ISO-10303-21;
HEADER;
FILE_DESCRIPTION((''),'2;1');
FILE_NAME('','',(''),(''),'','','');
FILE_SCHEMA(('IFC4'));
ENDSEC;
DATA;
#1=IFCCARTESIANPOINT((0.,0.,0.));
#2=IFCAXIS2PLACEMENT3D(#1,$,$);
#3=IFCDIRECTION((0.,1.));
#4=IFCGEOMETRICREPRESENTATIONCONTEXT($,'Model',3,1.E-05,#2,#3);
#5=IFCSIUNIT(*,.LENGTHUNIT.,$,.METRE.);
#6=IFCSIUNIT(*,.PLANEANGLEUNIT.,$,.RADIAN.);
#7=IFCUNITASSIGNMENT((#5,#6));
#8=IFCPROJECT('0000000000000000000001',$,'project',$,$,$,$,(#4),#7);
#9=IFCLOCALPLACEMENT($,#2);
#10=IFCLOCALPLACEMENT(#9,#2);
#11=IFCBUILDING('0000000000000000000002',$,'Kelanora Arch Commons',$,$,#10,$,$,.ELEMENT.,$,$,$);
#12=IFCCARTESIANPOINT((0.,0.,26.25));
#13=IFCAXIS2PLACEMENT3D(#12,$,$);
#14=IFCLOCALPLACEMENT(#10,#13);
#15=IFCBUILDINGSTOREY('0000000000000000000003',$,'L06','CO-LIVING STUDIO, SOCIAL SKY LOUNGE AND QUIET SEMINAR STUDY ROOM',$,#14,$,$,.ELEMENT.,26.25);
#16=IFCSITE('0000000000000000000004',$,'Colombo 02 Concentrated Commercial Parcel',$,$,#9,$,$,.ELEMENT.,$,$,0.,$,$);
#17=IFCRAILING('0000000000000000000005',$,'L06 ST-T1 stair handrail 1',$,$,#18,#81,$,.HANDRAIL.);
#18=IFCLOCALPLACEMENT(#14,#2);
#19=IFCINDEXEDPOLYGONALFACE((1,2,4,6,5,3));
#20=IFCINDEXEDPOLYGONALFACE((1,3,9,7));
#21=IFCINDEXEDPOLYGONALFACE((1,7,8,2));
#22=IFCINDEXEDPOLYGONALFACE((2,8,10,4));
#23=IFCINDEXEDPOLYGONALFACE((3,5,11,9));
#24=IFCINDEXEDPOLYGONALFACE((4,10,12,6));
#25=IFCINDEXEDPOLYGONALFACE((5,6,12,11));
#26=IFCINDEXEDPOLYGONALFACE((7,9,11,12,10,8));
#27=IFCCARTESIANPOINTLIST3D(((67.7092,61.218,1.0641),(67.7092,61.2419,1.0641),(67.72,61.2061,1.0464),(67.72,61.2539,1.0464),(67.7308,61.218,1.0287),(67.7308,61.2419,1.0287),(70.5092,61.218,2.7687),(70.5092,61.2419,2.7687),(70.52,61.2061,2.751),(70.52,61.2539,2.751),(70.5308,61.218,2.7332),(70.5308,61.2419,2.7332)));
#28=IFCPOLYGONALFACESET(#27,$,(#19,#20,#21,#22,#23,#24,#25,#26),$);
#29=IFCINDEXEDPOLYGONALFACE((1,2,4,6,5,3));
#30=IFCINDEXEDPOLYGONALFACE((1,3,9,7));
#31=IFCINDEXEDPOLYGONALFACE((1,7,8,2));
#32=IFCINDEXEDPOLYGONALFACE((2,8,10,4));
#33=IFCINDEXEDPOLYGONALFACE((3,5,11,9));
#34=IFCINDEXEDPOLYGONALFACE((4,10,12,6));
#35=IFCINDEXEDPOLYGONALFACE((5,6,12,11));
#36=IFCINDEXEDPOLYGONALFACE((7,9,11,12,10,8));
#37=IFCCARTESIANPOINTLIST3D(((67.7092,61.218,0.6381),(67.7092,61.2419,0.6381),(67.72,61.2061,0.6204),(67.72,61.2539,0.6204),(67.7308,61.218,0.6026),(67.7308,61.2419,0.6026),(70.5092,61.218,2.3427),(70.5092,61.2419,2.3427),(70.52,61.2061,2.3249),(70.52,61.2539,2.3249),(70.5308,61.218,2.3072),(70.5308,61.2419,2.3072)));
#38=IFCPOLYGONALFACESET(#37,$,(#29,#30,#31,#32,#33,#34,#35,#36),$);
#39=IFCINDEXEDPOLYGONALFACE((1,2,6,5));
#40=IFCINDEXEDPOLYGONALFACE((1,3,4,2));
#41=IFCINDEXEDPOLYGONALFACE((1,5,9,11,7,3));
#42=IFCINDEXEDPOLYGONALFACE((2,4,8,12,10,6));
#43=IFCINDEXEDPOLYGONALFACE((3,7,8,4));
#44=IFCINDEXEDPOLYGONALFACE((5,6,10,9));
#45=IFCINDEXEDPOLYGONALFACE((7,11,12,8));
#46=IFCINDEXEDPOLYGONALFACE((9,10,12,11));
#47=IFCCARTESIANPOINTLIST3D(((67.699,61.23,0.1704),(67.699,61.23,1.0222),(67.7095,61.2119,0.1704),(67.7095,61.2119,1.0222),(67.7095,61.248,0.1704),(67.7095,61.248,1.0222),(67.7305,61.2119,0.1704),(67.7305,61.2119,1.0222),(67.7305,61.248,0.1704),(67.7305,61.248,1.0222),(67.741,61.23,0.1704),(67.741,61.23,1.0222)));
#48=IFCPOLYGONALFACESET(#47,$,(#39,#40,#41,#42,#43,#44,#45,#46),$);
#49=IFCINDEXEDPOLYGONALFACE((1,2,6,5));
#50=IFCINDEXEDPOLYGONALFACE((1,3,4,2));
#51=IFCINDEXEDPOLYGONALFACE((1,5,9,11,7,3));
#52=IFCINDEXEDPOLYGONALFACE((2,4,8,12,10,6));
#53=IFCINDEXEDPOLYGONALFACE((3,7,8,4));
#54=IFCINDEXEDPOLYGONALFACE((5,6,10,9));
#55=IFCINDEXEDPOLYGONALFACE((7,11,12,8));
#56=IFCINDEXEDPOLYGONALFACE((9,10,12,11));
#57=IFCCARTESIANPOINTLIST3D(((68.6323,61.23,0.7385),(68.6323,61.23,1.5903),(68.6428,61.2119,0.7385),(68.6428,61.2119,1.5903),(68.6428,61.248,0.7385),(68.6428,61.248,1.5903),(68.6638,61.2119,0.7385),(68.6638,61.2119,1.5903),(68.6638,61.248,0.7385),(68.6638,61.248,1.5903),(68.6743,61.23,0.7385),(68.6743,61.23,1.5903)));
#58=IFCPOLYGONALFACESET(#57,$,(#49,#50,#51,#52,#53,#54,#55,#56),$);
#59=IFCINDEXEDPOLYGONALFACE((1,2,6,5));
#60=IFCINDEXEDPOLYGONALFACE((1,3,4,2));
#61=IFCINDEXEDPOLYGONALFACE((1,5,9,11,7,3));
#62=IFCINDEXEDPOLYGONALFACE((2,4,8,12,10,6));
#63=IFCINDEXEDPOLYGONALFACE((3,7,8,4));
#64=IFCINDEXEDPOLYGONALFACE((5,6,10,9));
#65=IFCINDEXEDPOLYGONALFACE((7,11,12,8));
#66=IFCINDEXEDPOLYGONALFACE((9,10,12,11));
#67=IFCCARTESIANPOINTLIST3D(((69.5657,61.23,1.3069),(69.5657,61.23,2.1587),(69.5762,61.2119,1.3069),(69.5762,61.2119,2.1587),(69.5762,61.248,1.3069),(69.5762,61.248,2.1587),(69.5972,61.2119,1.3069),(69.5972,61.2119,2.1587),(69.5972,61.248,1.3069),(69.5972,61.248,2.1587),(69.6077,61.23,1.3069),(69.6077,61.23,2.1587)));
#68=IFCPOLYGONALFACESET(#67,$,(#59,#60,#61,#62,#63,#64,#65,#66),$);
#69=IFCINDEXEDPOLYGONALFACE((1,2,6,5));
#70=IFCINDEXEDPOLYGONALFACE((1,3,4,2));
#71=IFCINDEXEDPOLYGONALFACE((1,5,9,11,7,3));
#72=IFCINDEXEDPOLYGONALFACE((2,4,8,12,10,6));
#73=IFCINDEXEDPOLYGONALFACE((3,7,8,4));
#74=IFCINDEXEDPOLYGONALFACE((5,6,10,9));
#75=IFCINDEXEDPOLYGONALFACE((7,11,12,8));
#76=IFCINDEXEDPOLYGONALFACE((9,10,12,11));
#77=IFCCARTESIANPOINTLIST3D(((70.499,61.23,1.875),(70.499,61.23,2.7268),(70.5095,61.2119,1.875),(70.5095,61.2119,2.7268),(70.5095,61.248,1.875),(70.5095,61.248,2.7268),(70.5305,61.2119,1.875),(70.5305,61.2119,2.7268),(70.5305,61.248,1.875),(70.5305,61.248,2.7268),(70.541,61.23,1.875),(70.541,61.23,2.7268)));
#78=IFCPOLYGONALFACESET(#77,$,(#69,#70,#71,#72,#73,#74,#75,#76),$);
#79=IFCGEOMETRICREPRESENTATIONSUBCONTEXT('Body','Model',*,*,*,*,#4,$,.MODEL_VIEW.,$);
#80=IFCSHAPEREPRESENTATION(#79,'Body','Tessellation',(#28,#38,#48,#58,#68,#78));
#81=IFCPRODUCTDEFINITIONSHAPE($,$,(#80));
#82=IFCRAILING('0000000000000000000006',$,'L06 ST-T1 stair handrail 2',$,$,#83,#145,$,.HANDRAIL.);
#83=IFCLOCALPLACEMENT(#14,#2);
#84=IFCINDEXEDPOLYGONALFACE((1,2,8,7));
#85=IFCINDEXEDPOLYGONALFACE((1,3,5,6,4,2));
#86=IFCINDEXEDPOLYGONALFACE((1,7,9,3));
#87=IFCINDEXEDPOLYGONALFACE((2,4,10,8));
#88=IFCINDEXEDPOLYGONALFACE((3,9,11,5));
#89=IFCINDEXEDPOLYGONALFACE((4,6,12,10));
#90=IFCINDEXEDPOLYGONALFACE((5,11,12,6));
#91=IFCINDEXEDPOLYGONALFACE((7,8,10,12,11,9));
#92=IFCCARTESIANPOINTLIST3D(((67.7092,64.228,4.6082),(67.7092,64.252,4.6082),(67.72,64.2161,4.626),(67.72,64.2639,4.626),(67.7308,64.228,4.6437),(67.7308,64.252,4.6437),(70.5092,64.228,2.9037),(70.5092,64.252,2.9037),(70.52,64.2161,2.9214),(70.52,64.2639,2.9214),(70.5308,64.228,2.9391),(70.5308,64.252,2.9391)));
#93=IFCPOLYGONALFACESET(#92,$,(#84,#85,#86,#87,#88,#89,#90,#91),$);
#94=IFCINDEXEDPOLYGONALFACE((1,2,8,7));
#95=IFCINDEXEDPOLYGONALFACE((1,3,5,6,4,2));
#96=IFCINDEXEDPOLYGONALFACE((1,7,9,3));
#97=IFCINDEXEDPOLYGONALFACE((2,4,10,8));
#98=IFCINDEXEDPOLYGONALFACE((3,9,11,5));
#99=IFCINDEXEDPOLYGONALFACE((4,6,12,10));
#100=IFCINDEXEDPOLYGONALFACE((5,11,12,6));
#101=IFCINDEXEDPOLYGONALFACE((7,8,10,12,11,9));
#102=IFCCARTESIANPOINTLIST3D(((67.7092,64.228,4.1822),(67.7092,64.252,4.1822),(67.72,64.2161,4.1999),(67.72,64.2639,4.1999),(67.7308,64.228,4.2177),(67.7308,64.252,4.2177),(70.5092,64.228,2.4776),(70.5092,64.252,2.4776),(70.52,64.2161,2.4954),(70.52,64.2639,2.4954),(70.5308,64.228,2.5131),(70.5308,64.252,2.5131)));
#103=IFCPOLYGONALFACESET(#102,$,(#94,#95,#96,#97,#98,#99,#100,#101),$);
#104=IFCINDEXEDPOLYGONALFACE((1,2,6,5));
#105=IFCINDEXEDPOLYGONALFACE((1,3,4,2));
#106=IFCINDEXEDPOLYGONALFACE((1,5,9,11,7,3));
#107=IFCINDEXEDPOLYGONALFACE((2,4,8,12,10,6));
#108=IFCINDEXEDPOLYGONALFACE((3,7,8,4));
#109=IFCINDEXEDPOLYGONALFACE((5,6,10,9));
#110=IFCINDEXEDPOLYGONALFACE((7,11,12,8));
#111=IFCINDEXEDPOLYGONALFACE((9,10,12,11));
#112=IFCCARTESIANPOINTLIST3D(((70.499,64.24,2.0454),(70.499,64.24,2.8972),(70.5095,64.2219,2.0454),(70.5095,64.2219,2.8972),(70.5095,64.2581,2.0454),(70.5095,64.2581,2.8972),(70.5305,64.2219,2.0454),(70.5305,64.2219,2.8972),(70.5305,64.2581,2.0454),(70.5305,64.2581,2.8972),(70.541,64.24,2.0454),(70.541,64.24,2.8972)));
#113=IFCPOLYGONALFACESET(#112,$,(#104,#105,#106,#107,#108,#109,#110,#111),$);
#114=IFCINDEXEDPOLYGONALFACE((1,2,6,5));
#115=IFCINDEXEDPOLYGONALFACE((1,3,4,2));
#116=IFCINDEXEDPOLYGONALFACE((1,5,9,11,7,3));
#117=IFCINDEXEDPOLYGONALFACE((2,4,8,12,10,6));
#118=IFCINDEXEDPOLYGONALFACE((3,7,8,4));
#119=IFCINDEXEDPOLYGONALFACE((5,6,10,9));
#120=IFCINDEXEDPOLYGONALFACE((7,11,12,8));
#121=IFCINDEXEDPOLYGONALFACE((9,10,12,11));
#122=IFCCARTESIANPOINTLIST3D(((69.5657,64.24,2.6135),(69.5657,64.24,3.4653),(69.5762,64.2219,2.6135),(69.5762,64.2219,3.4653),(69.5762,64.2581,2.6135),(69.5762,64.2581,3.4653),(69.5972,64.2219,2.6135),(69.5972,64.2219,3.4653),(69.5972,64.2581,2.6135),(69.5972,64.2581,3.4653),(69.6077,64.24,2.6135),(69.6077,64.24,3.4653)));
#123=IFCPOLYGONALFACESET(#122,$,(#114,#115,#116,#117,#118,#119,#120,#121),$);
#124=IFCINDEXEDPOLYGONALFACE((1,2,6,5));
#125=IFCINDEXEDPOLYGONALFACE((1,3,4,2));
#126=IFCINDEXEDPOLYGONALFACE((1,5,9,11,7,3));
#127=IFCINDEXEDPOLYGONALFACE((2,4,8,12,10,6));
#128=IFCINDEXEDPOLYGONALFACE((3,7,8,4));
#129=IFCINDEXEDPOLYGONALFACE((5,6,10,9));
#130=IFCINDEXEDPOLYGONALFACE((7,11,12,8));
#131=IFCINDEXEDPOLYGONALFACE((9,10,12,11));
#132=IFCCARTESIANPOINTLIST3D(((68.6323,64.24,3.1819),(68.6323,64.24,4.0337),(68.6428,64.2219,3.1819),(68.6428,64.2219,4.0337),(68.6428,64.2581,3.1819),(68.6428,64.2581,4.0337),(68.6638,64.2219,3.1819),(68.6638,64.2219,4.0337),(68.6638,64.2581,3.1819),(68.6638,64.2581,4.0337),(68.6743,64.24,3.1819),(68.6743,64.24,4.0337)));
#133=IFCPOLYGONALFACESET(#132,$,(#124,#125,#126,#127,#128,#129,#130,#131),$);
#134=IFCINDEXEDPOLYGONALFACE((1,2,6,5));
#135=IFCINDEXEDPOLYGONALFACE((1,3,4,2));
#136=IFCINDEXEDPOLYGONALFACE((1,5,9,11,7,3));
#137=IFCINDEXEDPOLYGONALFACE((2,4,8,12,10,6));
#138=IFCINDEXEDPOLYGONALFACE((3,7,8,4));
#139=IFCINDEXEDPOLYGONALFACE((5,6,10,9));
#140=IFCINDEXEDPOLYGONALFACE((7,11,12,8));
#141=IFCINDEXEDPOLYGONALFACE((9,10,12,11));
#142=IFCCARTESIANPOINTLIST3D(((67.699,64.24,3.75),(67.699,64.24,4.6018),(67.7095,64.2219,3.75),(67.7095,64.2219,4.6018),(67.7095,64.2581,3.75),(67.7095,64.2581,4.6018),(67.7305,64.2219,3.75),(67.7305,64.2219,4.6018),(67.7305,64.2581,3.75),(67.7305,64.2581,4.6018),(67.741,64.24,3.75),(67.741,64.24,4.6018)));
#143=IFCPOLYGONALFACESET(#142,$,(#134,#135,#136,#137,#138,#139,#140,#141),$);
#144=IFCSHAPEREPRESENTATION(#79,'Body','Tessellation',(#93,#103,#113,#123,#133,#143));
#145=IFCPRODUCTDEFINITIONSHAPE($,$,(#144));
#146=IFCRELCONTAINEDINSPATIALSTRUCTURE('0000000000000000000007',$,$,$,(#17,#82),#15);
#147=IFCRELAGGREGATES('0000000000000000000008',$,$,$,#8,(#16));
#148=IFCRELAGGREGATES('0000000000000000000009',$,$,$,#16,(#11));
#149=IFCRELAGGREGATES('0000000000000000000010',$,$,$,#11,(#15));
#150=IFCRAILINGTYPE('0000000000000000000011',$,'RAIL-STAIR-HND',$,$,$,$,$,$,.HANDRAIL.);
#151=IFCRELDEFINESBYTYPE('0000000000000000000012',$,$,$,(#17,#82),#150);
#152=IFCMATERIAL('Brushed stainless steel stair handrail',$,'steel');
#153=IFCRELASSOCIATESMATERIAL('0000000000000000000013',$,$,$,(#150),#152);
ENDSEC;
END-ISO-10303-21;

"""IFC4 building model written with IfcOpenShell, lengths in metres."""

from ifc_helpers import new_model, si_unit, direction, frame, origin, place, context, subcontext, project, spatial, polyline, outline, extrude, material, type_object, element, save


model = new_model("IFC4")

# Units and contexts
model_context = context("Model", 3, precision=1e-05, world=origin(), true_north=direction((0.0, 1.0)))
body_context = subcontext(model_context, "Body", "Model", "MODEL_VIEW")
ifc_project = project(units=[si_unit("LENGTHUNIT", "METRE"), si_unit("PLANEANGLEUNIT", "RADIAN")], contexts=[model_context])

# Site, building, storey
site_placement = place(None, origin())
site = spatial("IfcSite", under=ifc_project, at=site_placement, Name="Colombo 02 Concentrated Commercial Parcel", CompositionType="ELEMENT", RefElevation=0.0)
building_placement = place(site_placement, origin())
building = spatial("IfcBuilding", under=site, at=building_placement, Name="Kelanora Arch Commons", CompositionType="ELEMENT")
storey_placement = place(building_placement, frame((0.0, 0.0, 26.25)))
storey = spatial("IfcBuildingStorey", under=building, at=storey_placement, Name="L06", Description="CO-LIVING STUDIO, SOCIAL SKY LOUNGE AND QUIET SEMINAR STUDY ROOM", CompositionType="ELEMENT", Elevation=26.25)

# Railings
ifc_material_1 = material(Name="Brushed stainless steel stair handrail", Category="steel")
railing_type_1 = type_object("IfcRailingType", Name="RAIL-STAIR-HND", PredefinedType="HANDRAIL", material=ifc_material_1)
railing_1_placement = place(storey_placement, frame((67.72, 61.23, 0.1704)))
element("IfcRailing", 1, at=railing_1_placement, inside=storey, type_object=railing_type_1, Name="L06 ST-T1 stair handrail 1", PredefinedType="HANDRAIL", context=body_context, shape_type="SweptSolid", body=[
    extrude(outline(polyline([(0.0239, 0.0), (0.012, 0.0208), (-0.012, 0.0208), (-0.0239, 0.0), (-0.012, -0.0208), (0.012, -0.0208), (0.0239, 0.0)])), frame((0.0, 0.0, 0.876), z_axis=(0.85417, 0.0, 0.519994), x_axis=(0.0, 1.0, 0.0)), (0.0, 0.0, 1.0), 3.2781),
    extrude(outline(polyline([(0.0239, 0.0), (0.012, 0.0208), (-0.012, 0.0208), (-0.0239, 0.0), (-0.012, -0.0208), (0.012, -0.0208), (0.0239, 0.0)])), frame((0.0, 0.0, 0.45), z_axis=(0.85417, 0.0, 0.519994), x_axis=(0.0, 1.0, 0.0)), (0.0, 0.0, 1.0), 3.2781),
    extrude(outline(polyline([(0.021, 0.0), (0.0105, 0.0181), (-0.0105, 0.0181), (-0.021, 0.0), (-0.0105, -0.0181), (0.0105, -0.0181), (0.021, 0.0)])), origin(), (0.0, 0.0, 1.0), 0.8518),
    extrude(outline(polyline([(0.021, 0.0), (0.0105, 0.0181), (-0.0105, 0.0181), (-0.021, 0.0), (-0.0105, -0.0181), (0.0105, -0.0181), (0.021, 0.0)])), frame((0.9333, 0.0, 0.5681)), (0.0, 0.0, 1.0), 0.8518),
    extrude(outline(polyline([(0.021, 0.0), (0.0105, 0.0181), (-0.0105, 0.0181), (-0.021, 0.0), (-0.0105, -0.0181), (0.0105, -0.0181), (0.021, 0.0)])), frame((1.8667, 0.0, 1.1365)), (0.0, 0.0, 1.0), 0.8518),
    extrude(outline(polyline([(0.021, 0.0), (0.0105, 0.0181), (-0.0105, 0.0181), (-0.021, 0.0), (-0.0105, -0.0181), (0.0105, -0.0181), (0.021, 0.0)])), frame((2.8, 0.0, 1.7046)), (0.0, 0.0, 1.0), 0.8518),
])
railing_2_placement = place(storey_placement, frame((70.52, 64.24, 2.0454)))
element("IfcRailing", 2, at=railing_2_placement, inside=storey, type_object=railing_type_1, Name="L06 ST-T1 stair handrail 2", PredefinedType="HANDRAIL", context=body_context, shape_type="SweptSolid", body=[
    extrude(outline(polyline([(0.0239, 0.0), (0.012, 0.0208), (-0.012, 0.0208), (-0.0239, 0.0), (-0.012, -0.0208), (0.012, -0.0208), (0.0239, 0.0)])), frame((0.0, 0.0, 0.876), z_axis=(-0.85417, 0.0, 0.519994), x_axis=(0.0, -1.0, 0.0)), (0.0, 0.0, 1.0), 3.2781),
    extrude(outline(polyline([(0.0239, 0.0), (0.012, 0.0208), (-0.012, 0.0208), (-0.0239, 0.0), (-0.012, -0.0208), (0.012, -0.0208), (0.0239, 0.0)])), frame((0.0, 0.0, 0.45), z_axis=(-0.85417, 0.0, 0.519994), x_axis=(0.0, -1.0, 0.0)), (0.0, 0.0, 1.0), 3.2781),
    extrude(outline(polyline([(0.021, 0.0), (0.0105, 0.0181), (-0.0105, 0.0181), (-0.021, 0.0), (-0.0105, -0.0181), (0.0105, -0.0181), (0.021, 0.0)])), origin(), (0.0, 0.0, 1.0), 0.8518),
    extrude(outline(polyline([(0.021, 0.0), (0.0105, 0.0181), (-0.0105, 0.0181), (-0.021, 0.0), (-0.0105, -0.0181), (0.0105, -0.0181), (0.021, 0.0)])), frame((-0.9333, 0.0, 0.5681)), (0.0, 0.0, 1.0), 0.8518),
    extrude(outline(polyline([(0.021, 0.0), (0.0105, 0.0181), (-0.0105, 0.0181), (-0.021, 0.0), (-0.0105, -0.0181), (0.0105, -0.0181), (0.021, 0.0)])), frame((-1.8667, 0.0, 1.1365)), (0.0, 0.0, 1.0), 0.8518),
    extrude(outline(polyline([(0.021, 0.0), (0.0105, 0.0181), (-0.0105, 0.0181), (-0.021, 0.0), (-0.0105, -0.0181), (0.0105, -0.0181), (0.021, 0.0)])), frame((-2.8, 0.0, 1.7046)), (0.0, 0.0, 1.0), 0.8518),
])

save(model, "model.ifc")
